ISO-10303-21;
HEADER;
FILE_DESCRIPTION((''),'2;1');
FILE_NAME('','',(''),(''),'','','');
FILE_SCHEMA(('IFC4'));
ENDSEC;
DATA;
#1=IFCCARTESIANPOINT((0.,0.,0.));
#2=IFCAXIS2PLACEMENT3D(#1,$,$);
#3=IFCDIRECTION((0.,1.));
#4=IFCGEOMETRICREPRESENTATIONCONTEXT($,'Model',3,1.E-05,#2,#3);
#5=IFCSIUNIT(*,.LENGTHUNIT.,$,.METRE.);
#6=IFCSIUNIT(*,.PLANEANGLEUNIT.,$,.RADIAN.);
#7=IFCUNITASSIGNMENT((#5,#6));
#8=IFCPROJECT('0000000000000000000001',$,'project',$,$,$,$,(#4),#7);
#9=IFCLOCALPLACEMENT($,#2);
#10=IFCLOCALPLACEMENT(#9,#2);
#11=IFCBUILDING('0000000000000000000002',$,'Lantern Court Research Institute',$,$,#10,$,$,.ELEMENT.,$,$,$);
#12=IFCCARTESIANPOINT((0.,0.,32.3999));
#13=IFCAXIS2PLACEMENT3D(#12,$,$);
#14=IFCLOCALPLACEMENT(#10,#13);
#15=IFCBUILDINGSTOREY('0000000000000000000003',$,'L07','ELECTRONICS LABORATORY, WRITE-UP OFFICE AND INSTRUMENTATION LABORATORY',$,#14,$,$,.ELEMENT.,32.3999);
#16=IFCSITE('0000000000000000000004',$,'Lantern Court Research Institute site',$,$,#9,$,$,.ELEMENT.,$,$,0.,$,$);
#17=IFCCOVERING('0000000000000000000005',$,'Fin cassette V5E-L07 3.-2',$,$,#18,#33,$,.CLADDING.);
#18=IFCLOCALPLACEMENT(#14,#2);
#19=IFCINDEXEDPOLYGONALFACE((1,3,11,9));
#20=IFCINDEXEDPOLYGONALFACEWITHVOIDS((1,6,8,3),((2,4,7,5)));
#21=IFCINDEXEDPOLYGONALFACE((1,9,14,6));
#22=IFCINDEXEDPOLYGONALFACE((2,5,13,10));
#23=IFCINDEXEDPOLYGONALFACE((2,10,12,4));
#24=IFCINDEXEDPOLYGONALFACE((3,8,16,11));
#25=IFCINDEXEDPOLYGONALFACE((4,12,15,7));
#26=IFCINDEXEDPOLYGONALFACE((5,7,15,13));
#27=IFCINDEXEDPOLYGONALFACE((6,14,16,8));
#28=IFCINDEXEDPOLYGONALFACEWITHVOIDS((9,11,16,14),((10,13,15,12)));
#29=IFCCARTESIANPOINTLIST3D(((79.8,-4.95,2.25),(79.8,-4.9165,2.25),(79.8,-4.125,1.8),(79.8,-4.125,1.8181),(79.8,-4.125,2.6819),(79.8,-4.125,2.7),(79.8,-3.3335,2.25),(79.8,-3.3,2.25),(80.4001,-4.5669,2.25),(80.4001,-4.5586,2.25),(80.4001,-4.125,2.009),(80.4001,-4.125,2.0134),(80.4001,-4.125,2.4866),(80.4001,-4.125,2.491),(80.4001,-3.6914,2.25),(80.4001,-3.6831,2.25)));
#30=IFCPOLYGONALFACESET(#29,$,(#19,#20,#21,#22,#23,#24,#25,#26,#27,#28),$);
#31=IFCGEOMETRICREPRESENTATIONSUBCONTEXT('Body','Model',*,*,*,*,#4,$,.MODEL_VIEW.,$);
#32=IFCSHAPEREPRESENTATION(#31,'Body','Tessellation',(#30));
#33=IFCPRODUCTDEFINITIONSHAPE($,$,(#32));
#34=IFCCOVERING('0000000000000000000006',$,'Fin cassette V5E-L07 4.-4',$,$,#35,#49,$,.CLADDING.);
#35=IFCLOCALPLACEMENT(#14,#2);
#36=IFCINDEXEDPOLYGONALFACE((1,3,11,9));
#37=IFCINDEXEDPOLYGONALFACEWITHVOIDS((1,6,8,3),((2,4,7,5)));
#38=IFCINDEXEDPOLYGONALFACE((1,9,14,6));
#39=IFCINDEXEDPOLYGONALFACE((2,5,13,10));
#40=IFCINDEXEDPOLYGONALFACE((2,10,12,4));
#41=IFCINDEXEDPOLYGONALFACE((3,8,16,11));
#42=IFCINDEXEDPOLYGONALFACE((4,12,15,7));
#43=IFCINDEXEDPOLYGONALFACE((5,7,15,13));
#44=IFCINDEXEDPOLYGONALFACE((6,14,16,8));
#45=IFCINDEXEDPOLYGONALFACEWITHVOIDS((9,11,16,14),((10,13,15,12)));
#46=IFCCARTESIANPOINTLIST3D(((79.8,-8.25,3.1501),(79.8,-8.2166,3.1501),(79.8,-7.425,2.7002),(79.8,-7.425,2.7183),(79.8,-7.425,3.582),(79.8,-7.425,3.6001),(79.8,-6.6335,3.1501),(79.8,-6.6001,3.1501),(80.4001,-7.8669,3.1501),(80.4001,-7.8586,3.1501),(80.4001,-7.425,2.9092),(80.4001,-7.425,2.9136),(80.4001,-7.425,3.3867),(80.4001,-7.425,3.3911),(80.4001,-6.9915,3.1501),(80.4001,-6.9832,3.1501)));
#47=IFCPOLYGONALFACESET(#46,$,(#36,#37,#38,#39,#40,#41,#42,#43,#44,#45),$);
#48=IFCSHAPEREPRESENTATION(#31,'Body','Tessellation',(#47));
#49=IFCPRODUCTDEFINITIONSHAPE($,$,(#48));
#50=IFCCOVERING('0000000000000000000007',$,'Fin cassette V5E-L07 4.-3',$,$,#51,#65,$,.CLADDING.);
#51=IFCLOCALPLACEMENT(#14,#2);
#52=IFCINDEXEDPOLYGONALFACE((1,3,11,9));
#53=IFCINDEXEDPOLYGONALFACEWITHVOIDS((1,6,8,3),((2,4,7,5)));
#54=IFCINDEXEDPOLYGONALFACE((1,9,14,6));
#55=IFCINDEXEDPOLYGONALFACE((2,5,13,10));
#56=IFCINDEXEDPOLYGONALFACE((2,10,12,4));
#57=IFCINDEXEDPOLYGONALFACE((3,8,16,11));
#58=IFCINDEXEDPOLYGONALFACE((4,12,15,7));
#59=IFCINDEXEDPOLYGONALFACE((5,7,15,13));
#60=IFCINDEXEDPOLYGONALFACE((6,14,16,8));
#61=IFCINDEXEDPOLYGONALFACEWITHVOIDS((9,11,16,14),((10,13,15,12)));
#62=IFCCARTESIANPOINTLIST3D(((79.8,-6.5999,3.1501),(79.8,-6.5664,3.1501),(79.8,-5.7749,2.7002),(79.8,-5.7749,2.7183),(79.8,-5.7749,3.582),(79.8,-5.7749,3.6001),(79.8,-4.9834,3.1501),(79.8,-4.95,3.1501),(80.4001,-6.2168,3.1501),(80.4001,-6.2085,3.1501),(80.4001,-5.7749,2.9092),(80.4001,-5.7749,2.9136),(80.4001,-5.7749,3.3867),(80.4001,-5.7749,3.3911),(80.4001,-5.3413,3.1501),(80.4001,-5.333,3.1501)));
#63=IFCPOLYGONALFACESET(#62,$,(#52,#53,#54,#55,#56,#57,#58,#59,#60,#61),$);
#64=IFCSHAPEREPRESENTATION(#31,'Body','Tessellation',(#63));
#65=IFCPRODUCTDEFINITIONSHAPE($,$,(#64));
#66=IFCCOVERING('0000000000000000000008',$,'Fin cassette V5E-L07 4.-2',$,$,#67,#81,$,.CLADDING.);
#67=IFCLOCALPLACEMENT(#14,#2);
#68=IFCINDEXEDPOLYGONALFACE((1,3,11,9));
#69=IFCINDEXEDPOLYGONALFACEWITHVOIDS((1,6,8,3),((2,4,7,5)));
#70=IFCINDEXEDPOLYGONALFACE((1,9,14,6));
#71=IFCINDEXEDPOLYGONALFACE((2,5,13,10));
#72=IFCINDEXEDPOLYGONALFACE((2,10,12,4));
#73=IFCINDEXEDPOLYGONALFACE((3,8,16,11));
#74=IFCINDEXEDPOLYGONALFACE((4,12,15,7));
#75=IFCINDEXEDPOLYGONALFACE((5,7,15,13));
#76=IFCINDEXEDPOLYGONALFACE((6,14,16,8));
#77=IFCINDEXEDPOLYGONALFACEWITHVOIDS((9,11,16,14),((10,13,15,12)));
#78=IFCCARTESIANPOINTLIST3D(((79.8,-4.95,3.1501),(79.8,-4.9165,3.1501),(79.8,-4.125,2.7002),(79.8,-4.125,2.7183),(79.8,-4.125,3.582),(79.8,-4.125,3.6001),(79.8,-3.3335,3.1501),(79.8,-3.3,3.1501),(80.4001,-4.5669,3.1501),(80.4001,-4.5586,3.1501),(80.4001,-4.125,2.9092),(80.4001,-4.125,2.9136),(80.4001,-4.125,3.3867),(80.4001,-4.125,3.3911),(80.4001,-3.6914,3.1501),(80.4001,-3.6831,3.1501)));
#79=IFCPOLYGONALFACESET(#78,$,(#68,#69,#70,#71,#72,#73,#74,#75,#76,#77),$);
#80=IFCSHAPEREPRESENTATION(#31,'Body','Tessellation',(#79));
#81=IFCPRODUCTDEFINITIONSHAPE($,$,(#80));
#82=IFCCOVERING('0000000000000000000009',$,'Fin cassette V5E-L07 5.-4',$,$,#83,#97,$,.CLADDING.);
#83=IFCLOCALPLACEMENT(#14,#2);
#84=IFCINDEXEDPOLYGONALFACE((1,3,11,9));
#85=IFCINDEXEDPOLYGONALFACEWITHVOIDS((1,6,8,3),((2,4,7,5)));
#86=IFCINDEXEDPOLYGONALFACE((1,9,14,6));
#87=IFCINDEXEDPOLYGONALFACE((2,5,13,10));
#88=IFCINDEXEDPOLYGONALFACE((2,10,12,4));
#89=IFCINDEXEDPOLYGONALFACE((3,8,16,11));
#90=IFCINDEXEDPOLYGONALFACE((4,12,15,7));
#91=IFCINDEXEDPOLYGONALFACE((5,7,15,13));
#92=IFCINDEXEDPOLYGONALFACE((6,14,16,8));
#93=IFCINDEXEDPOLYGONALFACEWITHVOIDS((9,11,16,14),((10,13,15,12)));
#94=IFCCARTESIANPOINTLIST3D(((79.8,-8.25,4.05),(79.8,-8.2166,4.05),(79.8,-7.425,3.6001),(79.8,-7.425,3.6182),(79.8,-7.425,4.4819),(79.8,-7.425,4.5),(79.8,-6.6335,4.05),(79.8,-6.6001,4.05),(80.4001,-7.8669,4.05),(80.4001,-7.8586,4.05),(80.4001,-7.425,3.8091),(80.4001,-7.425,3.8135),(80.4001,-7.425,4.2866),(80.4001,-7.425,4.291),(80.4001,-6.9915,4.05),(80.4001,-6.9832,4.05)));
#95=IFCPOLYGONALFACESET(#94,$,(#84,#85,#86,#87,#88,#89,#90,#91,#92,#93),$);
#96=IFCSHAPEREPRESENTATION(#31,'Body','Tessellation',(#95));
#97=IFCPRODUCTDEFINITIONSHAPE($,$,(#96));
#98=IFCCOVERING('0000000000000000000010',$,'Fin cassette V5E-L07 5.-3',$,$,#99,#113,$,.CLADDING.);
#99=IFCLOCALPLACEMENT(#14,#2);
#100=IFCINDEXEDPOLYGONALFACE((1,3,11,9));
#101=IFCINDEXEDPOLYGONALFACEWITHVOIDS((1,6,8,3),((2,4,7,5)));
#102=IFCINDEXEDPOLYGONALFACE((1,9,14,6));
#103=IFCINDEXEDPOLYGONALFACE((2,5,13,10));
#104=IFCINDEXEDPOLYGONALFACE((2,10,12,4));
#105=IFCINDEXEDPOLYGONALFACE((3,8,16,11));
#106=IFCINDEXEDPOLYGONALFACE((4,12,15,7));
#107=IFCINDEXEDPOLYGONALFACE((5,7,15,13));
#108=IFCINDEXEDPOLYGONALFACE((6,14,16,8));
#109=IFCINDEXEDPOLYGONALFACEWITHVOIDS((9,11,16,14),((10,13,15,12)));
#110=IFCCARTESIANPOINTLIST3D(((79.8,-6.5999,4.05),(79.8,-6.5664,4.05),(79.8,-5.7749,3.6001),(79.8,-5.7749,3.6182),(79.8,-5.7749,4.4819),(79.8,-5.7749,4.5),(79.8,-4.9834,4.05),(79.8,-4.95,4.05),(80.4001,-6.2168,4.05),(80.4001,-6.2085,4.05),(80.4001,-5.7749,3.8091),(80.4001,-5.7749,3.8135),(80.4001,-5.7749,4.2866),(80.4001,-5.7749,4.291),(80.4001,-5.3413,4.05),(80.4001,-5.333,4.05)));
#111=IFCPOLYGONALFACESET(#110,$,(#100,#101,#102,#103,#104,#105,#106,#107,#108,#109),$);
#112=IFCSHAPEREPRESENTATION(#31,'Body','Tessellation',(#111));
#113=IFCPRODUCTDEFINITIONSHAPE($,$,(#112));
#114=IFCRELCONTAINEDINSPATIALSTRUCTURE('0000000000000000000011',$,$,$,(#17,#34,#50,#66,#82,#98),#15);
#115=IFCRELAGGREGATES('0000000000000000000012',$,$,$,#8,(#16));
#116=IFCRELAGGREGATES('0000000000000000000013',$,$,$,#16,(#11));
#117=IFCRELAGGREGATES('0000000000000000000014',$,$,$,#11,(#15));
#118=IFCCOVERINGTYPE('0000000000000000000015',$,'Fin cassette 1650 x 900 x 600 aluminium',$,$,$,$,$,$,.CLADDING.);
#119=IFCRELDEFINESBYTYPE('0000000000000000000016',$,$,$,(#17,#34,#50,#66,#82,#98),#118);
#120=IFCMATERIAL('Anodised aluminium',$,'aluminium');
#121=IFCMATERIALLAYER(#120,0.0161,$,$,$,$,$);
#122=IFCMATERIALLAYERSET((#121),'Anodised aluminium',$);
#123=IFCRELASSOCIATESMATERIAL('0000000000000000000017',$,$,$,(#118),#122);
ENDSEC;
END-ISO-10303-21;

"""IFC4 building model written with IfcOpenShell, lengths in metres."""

from ifc_helpers import new_model, entity, si_unit, direction, frame, origin, place, context, subcontext, project, spatial, material, layer, layer_set, type_object, element, save


model = new_model("IFC4")

# Units and contexts
model_context = context("Model", 3, precision=1e-05, world=origin(), true_north=direction((0.0, 1.0)))
body_context = subcontext(model_context, "Body", "Model", "MODEL_VIEW")
ifc_project = project(units=[si_unit("LENGTHUNIT", "METRE"), si_unit("PLANEANGLEUNIT", "RADIAN")], contexts=[model_context])

# Site, building, storey
site_placement = place(None, origin())
site = spatial("IfcSite", under=ifc_project, at=site_placement, Name="Lantern Court Research Institute site", CompositionType="ELEMENT", RefElevation=0.0)
building_placement = place(site_placement, origin())
building = spatial("IfcBuilding", under=site, at=building_placement, Name="Lantern Court Research Institute", CompositionType="ELEMENT")
storey_placement = place(building_placement, frame((0.0, 0.0, 32.3999)))
storey = spatial("IfcBuildingStorey", under=building, at=storey_placement, Name="L07", Description="ELECTRONICS LABORATORY, WRITE-UP OFFICE AND INSTRUMENTATION LABORATORY", CompositionType="ELEMENT", Elevation=32.3999)

# Coverings
ifc_material_1 = material(Name="Anodised aluminium", Category="aluminium")
ifc_layer_1 = layer(ifc_material_1, 0.0161)
ifc_layer_set_1 = layer_set([ifc_layer_1], Name="Anodised aluminium")
covering_type = type_object("IfcCoveringType", Name="Fin cassette 1650 x 900 x 600 aluminium", PredefinedType="CLADDING", material=ifc_layer_set_1)
covering_1_placement = place(storey_placement, frame((79.8, -4.125, 2.25), z_axis=(1.0, 0.0, 0.0), x_axis=(0.0, 1.0, 0.0)))
cartesian_point_1 = entity("IfcCartesianPoint", [0.825, 0.0])
cartesian_point_2 = entity("IfcCartesianPoint", [0.7915, 0.0])
cartesian_point_3 = entity("IfcCartesianPoint", [0.4419, 0.0])
cartesian_point_4 = entity("IfcCartesianPoint", [0.4336, 0.0])
element("IfcCovering", 1, at=covering_1_placement, inside=storey, type_object=covering_type, Name="Fin cassette V5E-L07 3.-2", PredefinedType="CLADDING", context=body_context, shape_type="SweptSolid", body=[
    entity("IfcExtrudedAreaSolidTapered", entity("IfcArbitraryProfileDefWithVoids", "AREA", None, entity("IfcPolyline", [cartesian_point_1, entity("IfcCartesianPoint", [0.0, 0.45]), entity("IfcCartesianPoint", [-0.825, 0.0]), entity("IfcCartesianPoint", [0.0, -0.45]), cartesian_point_1]), [entity("IfcPolyline", [cartesian_point_2, entity("IfcCartesianPoint", [0.0, 0.4319]), entity("IfcCartesianPoint", [-0.7915, 0.0]), entity("IfcCartesianPoint", [0.0, -0.4319]), cartesian_point_2])]), entity("IfcAxis2Placement3D", entity("IfcCartesianPoint", [0.0, 0.0, 0.0])), entity("IfcDirection", [0.0, 0.0, 1.0]), 0.6001, entity("IfcArbitraryProfileDefWithVoids", "AREA", None, entity("IfcPolyline", [cartesian_point_3, entity("IfcCartesianPoint", [0.0, 0.241]), entity("IfcCartesianPoint", [-0.4419, 0.0]), entity("IfcCartesianPoint", [0.0, -0.241]), cartesian_point_3]), [entity("IfcPolyline", [cartesian_point_4, entity("IfcCartesianPoint", [0.0, 0.2366]), entity("IfcCartesianPoint", [-0.4336, 0.0]), entity("IfcCartesianPoint", [0.0, -0.2366]), cartesian_point_4])])),
])
covering_2_placement = place(storey_placement, frame((79.8, -7.425, 3.1501), z_axis=(1.0, 0.0, 0.0), x_axis=(0.0, 1.0, 0.0)))
cartesian_point_5 = entity("IfcCartesianPoint", [0.825, 0.0])
cartesian_point_6 = entity("IfcCartesianPoint", [0.7915, 0.0])
cartesian_point_7 = entity("IfcCartesianPoint", [0.4419, 0.0])
cartesian_point_8 = entity("IfcCartesianPoint", [0.4336, 0.0])
element("IfcCovering", 2, at=covering_2_placement, inside=storey, type_object=covering_type, Name="Fin cassette V5E-L07 4.-4", PredefinedType="CLADDING", context=body_context, shape_type="SweptSolid", body=[
    entity("IfcExtrudedAreaSolidTapered", entity("IfcArbitraryProfileDefWithVoids", "AREA", None, entity("IfcPolyline", [cartesian_point_5, entity("IfcCartesianPoint", [0.0, 0.45]), entity("IfcCartesianPoint", [-0.825, 0.0]), entity("IfcCartesianPoint", [0.0, -0.45]), cartesian_point_5]), [entity("IfcPolyline", [cartesian_point_6, entity("IfcCartesianPoint", [0.0, 0.4319]), entity("IfcCartesianPoint", [-0.7915, 0.0]), entity("IfcCartesianPoint", [0.0, -0.4319]), cartesian_point_6])]), entity("IfcAxis2Placement3D", entity("IfcCartesianPoint", [0.0, 0.0, 0.0])), entity("IfcDirection", [0.0, 0.0, 1.0]), 0.6001, entity("IfcArbitraryProfileDefWithVoids", "AREA", None, entity("IfcPolyline", [cartesian_point_7, entity("IfcCartesianPoint", [0.0, 0.241]), entity("IfcCartesianPoint", [-0.4419, 0.0]), entity("IfcCartesianPoint", [0.0, -0.241]), cartesian_point_7]), [entity("IfcPolyline", [cartesian_point_8, entity("IfcCartesianPoint", [0.0, 0.2366]), entity("IfcCartesianPoint", [-0.4336, 0.0]), entity("IfcCartesianPoint", [0.0, -0.2366]), cartesian_point_8])])),
])
covering_3_placement = place(storey_placement, frame((79.8, -5.7749, 3.1501), z_axis=(1.0, 0.0, 0.0), x_axis=(0.0, 1.0, 0.0)))
cartesian_point_9 = entity("IfcCartesianPoint", [0.825, 0.0])
cartesian_point_10 = entity("IfcCartesianPoint", [0.7915, 0.0])
cartesian_point_11 = entity("IfcCartesianPoint", [0.4419, 0.0])
cartesian_point_12 = entity("IfcCartesianPoint", [0.4336, 0.0])
element("IfcCovering", 3, at=covering_3_placement, inside=storey, type_object=covering_type, Name="Fin cassette V5E-L07 4.-3", PredefinedType="CLADDING", context=body_context, shape_type="SweptSolid", body=[
    entity("IfcExtrudedAreaSolidTapered", entity("IfcArbitraryProfileDefWithVoids", "AREA", None, entity("IfcPolyline", [cartesian_point_9, entity("IfcCartesianPoint", [0.0, 0.45]), entity("IfcCartesianPoint", [-0.825, 0.0]), entity("IfcCartesianPoint", [0.0, -0.45]), cartesian_point_9]), [entity("IfcPolyline", [cartesian_point_10, entity("IfcCartesianPoint", [0.0, 0.4319]), entity("IfcCartesianPoint", [-0.7915, 0.0]), entity("IfcCartesianPoint", [0.0, -0.4319]), cartesian_point_10])]), entity("IfcAxis2Placement3D", entity("IfcCartesianPoint", [0.0, 0.0, 0.0])), entity("IfcDirection", [0.0, 0.0, 1.0]), 0.6001, entity("IfcArbitraryProfileDefWithVoids", "AREA", None, entity("IfcPolyline", [cartesian_point_11, entity("IfcCartesianPoint", [0.0, 0.241]), entity("IfcCartesianPoint", [-0.4419, 0.0]), entity("IfcCartesianPoint", [0.0, -0.241]), cartesian_point_11]), [entity("IfcPolyline", [cartesian_point_12, entity("IfcCartesianPoint", [0.0, 0.2366]), entity("IfcCartesianPoint", [-0.4336, 0.0]), entity("IfcCartesianPoint", [0.0, -0.2366]), cartesian_point_12])])),
])
covering_4_placement = place(storey_placement, frame((79.8, -4.125, 3.1501), z_axis=(1.0, 0.0, 0.0), x_axis=(0.0, 1.0, 0.0)))
cartesian_point_13 = entity("IfcCartesianPoint", [0.825, 0.0])
cartesian_point_14 = entity("IfcCartesianPoint", [0.7915, 0.0])
cartesian_point_15 = entity("IfcCartesianPoint", [0.4419, 0.0])
cartesian_point_16 = entity("IfcCartesianPoint", [0.4336, 0.0])
element("IfcCovering", 4, at=covering_4_placement, inside=storey, type_object=covering_type, Name="Fin cassette V5E-L07 4.-2", PredefinedType="CLADDING", context=body_context, shape_type="SweptSolid", body=[
    entity("IfcExtrudedAreaSolidTapered", entity("IfcArbitraryProfileDefWithVoids", "AREA", None, entity("IfcPolyline", [cartesian_point_13, entity("IfcCartesianPoint", [0.0, 0.45]), entity("IfcCartesianPoint", [-0.825, 0.0]), entity("IfcCartesianPoint", [0.0, -0.45]), cartesian_point_13]), [entity("IfcPolyline", [cartesian_point_14, entity("IfcCartesianPoint", [0.0, 0.4319]), entity("IfcCartesianPoint", [-0.7915, 0.0]), entity("IfcCartesianPoint", [0.0, -0.4319]), cartesian_point_14])]), entity("IfcAxis2Placement3D", entity("IfcCartesianPoint", [0.0, 0.0, 0.0])), entity("IfcDirection", [0.0, 0.0, 1.0]), 0.6001, entity("IfcArbitraryProfileDefWithVoids", "AREA", None, entity("IfcPolyline", [cartesian_point_15, entity("IfcCartesianPoint", [0.0, 0.241]), entity("IfcCartesianPoint", [-0.4419, 0.0]), entity("IfcCartesianPoint", [0.0, -0.241]), cartesian_point_15]), [entity("IfcPolyline", [cartesian_point_16, entity("IfcCartesianPoint", [0.0, 0.2366]), entity("IfcCartesianPoint", [-0.4336, 0.0]), entity("IfcCartesianPoint", [0.0, -0.2366]), cartesian_point_16])])),
])
covering_5_placement = place(storey_placement, frame((79.8, -7.425, 4.05), z_axis=(1.0, 0.0, 0.0), x_axis=(0.0, 1.0, 0.0)))
cartesian_point_17 = entity("IfcCartesianPoint", [0.825, 0.0])
cartesian_point_18 = entity("IfcCartesianPoint", [0.7915, 0.0])
cartesian_point_19 = entity("IfcCartesianPoint", [0.4419, 0.0])
cartesian_point_20 = entity("IfcCartesianPoint", [0.4336, 0.0])
element("IfcCovering", 5, at=covering_5_placement, inside=storey, type_object=covering_type, Name="Fin cassette V5E-L07 5.-4", PredefinedType="CLADDING", context=body_context, shape_type="SweptSolid", body=[
    entity("IfcExtrudedAreaSolidTapered", entity("IfcArbitraryProfileDefWithVoids", "AREA", None, entity("IfcPolyline", [cartesian_point_17, entity("IfcCartesianPoint", [0.0, 0.45]), entity("IfcCartesianPoint", [-0.825, 0.0]), entity("IfcCartesianPoint", [0.0, -0.45]), cartesian_point_17]), [entity("IfcPolyline", [cartesian_point_18, entity("IfcCartesianPoint", [0.0, 0.4319]), entity("IfcCartesianPoint", [-0.7915, 0.0]), entity("IfcCartesianPoint", [0.0, -0.4319]), cartesian_point_18])]), entity("IfcAxis2Placement3D", entity("IfcCartesianPoint", [0.0, 0.0, 0.0])), entity("IfcDirection", [0.0, 0.0, 1.0]), 0.6001, entity("IfcArbitraryProfileDefWithVoids", "AREA", None, entity("IfcPolyline", [cartesian_point_19, entity("IfcCartesianPoint", [0.0, 0.241]), entity("IfcCartesianPoint", [-0.4419, 0.0]), entity("IfcCartesianPoint", [0.0, -0.241]), cartesian_point_19]), [entity("IfcPolyline", [cartesian_point_20, entity("IfcCartesianPoint", [0.0, 0.2366]), entity("IfcCartesianPoint", [-0.4336, 0.0]), entity("IfcCartesianPoint", [0.0, -0.2366]), cartesian_point_20])])),
])
covering_6_placement = place(storey_placement, frame((79.8, -5.7749, 4.05), z_axis=(1.0, 0.0, 0.0), x_axis=(0.0, 1.0, 0.0)))
cartesian_point_21 = entity("IfcCartesianPoint", [0.825, 0.0])
cartesian_point_22 = entity("IfcCartesianPoint", [0.7915, 0.0])
cartesian_point_23 = entity("IfcCartesianPoint", [0.4419, 0.0])
cartesian_point_24 = entity("IfcCartesianPoint", [0.4336, 0.0])
element("IfcCovering", 6, at=covering_6_placement, inside=storey, type_object=covering_type, Name="Fin cassette V5E-L07 5.-3", PredefinedType="CLADDING", context=body_context, shape_type="SweptSolid", body=[
    entity("IfcExtrudedAreaSolidTapered", entity("IfcArbitraryProfileDefWithVoids", "AREA", None, entity("IfcPolyline", [cartesian_point_21, entity("IfcCartesianPoint", [0.0, 0.45]), entity("IfcCartesianPoint", [-0.825, 0.0]), entity("IfcCartesianPoint", [0.0, -0.45]), cartesian_point_21]), [entity("IfcPolyline", [cartesian_point_22, entity("IfcCartesianPoint", [0.0, 0.4319]), entity("IfcCartesianPoint", [-0.7915, 0.0]), entity("IfcCartesianPoint", [0.0, -0.4319]), cartesian_point_22])]), entity("IfcAxis2Placement3D", entity("IfcCartesianPoint", [0.0, 0.0, 0.0])), entity("IfcDirection", [0.0, 0.0, 1.0]), 0.6001, entity("IfcArbitraryProfileDefWithVoids", "AREA", None, entity("IfcPolyline", [cartesian_point_23, entity("IfcCartesianPoint", [0.0, 0.241]), entity("IfcCartesianPoint", [-0.4419, 0.0]), entity("IfcCartesianPoint", [0.0, -0.241]), cartesian_point_23]), [entity("IfcPolyline", [cartesian_point_24, entity("IfcCartesianPoint", [0.0, 0.2366]), entity("IfcCartesianPoint", [-0.4336, 0.0]), entity("IfcCartesianPoint", [0.0, -0.2366]), cartesian_point_24])])),
])

save(model, "model.ifc")
